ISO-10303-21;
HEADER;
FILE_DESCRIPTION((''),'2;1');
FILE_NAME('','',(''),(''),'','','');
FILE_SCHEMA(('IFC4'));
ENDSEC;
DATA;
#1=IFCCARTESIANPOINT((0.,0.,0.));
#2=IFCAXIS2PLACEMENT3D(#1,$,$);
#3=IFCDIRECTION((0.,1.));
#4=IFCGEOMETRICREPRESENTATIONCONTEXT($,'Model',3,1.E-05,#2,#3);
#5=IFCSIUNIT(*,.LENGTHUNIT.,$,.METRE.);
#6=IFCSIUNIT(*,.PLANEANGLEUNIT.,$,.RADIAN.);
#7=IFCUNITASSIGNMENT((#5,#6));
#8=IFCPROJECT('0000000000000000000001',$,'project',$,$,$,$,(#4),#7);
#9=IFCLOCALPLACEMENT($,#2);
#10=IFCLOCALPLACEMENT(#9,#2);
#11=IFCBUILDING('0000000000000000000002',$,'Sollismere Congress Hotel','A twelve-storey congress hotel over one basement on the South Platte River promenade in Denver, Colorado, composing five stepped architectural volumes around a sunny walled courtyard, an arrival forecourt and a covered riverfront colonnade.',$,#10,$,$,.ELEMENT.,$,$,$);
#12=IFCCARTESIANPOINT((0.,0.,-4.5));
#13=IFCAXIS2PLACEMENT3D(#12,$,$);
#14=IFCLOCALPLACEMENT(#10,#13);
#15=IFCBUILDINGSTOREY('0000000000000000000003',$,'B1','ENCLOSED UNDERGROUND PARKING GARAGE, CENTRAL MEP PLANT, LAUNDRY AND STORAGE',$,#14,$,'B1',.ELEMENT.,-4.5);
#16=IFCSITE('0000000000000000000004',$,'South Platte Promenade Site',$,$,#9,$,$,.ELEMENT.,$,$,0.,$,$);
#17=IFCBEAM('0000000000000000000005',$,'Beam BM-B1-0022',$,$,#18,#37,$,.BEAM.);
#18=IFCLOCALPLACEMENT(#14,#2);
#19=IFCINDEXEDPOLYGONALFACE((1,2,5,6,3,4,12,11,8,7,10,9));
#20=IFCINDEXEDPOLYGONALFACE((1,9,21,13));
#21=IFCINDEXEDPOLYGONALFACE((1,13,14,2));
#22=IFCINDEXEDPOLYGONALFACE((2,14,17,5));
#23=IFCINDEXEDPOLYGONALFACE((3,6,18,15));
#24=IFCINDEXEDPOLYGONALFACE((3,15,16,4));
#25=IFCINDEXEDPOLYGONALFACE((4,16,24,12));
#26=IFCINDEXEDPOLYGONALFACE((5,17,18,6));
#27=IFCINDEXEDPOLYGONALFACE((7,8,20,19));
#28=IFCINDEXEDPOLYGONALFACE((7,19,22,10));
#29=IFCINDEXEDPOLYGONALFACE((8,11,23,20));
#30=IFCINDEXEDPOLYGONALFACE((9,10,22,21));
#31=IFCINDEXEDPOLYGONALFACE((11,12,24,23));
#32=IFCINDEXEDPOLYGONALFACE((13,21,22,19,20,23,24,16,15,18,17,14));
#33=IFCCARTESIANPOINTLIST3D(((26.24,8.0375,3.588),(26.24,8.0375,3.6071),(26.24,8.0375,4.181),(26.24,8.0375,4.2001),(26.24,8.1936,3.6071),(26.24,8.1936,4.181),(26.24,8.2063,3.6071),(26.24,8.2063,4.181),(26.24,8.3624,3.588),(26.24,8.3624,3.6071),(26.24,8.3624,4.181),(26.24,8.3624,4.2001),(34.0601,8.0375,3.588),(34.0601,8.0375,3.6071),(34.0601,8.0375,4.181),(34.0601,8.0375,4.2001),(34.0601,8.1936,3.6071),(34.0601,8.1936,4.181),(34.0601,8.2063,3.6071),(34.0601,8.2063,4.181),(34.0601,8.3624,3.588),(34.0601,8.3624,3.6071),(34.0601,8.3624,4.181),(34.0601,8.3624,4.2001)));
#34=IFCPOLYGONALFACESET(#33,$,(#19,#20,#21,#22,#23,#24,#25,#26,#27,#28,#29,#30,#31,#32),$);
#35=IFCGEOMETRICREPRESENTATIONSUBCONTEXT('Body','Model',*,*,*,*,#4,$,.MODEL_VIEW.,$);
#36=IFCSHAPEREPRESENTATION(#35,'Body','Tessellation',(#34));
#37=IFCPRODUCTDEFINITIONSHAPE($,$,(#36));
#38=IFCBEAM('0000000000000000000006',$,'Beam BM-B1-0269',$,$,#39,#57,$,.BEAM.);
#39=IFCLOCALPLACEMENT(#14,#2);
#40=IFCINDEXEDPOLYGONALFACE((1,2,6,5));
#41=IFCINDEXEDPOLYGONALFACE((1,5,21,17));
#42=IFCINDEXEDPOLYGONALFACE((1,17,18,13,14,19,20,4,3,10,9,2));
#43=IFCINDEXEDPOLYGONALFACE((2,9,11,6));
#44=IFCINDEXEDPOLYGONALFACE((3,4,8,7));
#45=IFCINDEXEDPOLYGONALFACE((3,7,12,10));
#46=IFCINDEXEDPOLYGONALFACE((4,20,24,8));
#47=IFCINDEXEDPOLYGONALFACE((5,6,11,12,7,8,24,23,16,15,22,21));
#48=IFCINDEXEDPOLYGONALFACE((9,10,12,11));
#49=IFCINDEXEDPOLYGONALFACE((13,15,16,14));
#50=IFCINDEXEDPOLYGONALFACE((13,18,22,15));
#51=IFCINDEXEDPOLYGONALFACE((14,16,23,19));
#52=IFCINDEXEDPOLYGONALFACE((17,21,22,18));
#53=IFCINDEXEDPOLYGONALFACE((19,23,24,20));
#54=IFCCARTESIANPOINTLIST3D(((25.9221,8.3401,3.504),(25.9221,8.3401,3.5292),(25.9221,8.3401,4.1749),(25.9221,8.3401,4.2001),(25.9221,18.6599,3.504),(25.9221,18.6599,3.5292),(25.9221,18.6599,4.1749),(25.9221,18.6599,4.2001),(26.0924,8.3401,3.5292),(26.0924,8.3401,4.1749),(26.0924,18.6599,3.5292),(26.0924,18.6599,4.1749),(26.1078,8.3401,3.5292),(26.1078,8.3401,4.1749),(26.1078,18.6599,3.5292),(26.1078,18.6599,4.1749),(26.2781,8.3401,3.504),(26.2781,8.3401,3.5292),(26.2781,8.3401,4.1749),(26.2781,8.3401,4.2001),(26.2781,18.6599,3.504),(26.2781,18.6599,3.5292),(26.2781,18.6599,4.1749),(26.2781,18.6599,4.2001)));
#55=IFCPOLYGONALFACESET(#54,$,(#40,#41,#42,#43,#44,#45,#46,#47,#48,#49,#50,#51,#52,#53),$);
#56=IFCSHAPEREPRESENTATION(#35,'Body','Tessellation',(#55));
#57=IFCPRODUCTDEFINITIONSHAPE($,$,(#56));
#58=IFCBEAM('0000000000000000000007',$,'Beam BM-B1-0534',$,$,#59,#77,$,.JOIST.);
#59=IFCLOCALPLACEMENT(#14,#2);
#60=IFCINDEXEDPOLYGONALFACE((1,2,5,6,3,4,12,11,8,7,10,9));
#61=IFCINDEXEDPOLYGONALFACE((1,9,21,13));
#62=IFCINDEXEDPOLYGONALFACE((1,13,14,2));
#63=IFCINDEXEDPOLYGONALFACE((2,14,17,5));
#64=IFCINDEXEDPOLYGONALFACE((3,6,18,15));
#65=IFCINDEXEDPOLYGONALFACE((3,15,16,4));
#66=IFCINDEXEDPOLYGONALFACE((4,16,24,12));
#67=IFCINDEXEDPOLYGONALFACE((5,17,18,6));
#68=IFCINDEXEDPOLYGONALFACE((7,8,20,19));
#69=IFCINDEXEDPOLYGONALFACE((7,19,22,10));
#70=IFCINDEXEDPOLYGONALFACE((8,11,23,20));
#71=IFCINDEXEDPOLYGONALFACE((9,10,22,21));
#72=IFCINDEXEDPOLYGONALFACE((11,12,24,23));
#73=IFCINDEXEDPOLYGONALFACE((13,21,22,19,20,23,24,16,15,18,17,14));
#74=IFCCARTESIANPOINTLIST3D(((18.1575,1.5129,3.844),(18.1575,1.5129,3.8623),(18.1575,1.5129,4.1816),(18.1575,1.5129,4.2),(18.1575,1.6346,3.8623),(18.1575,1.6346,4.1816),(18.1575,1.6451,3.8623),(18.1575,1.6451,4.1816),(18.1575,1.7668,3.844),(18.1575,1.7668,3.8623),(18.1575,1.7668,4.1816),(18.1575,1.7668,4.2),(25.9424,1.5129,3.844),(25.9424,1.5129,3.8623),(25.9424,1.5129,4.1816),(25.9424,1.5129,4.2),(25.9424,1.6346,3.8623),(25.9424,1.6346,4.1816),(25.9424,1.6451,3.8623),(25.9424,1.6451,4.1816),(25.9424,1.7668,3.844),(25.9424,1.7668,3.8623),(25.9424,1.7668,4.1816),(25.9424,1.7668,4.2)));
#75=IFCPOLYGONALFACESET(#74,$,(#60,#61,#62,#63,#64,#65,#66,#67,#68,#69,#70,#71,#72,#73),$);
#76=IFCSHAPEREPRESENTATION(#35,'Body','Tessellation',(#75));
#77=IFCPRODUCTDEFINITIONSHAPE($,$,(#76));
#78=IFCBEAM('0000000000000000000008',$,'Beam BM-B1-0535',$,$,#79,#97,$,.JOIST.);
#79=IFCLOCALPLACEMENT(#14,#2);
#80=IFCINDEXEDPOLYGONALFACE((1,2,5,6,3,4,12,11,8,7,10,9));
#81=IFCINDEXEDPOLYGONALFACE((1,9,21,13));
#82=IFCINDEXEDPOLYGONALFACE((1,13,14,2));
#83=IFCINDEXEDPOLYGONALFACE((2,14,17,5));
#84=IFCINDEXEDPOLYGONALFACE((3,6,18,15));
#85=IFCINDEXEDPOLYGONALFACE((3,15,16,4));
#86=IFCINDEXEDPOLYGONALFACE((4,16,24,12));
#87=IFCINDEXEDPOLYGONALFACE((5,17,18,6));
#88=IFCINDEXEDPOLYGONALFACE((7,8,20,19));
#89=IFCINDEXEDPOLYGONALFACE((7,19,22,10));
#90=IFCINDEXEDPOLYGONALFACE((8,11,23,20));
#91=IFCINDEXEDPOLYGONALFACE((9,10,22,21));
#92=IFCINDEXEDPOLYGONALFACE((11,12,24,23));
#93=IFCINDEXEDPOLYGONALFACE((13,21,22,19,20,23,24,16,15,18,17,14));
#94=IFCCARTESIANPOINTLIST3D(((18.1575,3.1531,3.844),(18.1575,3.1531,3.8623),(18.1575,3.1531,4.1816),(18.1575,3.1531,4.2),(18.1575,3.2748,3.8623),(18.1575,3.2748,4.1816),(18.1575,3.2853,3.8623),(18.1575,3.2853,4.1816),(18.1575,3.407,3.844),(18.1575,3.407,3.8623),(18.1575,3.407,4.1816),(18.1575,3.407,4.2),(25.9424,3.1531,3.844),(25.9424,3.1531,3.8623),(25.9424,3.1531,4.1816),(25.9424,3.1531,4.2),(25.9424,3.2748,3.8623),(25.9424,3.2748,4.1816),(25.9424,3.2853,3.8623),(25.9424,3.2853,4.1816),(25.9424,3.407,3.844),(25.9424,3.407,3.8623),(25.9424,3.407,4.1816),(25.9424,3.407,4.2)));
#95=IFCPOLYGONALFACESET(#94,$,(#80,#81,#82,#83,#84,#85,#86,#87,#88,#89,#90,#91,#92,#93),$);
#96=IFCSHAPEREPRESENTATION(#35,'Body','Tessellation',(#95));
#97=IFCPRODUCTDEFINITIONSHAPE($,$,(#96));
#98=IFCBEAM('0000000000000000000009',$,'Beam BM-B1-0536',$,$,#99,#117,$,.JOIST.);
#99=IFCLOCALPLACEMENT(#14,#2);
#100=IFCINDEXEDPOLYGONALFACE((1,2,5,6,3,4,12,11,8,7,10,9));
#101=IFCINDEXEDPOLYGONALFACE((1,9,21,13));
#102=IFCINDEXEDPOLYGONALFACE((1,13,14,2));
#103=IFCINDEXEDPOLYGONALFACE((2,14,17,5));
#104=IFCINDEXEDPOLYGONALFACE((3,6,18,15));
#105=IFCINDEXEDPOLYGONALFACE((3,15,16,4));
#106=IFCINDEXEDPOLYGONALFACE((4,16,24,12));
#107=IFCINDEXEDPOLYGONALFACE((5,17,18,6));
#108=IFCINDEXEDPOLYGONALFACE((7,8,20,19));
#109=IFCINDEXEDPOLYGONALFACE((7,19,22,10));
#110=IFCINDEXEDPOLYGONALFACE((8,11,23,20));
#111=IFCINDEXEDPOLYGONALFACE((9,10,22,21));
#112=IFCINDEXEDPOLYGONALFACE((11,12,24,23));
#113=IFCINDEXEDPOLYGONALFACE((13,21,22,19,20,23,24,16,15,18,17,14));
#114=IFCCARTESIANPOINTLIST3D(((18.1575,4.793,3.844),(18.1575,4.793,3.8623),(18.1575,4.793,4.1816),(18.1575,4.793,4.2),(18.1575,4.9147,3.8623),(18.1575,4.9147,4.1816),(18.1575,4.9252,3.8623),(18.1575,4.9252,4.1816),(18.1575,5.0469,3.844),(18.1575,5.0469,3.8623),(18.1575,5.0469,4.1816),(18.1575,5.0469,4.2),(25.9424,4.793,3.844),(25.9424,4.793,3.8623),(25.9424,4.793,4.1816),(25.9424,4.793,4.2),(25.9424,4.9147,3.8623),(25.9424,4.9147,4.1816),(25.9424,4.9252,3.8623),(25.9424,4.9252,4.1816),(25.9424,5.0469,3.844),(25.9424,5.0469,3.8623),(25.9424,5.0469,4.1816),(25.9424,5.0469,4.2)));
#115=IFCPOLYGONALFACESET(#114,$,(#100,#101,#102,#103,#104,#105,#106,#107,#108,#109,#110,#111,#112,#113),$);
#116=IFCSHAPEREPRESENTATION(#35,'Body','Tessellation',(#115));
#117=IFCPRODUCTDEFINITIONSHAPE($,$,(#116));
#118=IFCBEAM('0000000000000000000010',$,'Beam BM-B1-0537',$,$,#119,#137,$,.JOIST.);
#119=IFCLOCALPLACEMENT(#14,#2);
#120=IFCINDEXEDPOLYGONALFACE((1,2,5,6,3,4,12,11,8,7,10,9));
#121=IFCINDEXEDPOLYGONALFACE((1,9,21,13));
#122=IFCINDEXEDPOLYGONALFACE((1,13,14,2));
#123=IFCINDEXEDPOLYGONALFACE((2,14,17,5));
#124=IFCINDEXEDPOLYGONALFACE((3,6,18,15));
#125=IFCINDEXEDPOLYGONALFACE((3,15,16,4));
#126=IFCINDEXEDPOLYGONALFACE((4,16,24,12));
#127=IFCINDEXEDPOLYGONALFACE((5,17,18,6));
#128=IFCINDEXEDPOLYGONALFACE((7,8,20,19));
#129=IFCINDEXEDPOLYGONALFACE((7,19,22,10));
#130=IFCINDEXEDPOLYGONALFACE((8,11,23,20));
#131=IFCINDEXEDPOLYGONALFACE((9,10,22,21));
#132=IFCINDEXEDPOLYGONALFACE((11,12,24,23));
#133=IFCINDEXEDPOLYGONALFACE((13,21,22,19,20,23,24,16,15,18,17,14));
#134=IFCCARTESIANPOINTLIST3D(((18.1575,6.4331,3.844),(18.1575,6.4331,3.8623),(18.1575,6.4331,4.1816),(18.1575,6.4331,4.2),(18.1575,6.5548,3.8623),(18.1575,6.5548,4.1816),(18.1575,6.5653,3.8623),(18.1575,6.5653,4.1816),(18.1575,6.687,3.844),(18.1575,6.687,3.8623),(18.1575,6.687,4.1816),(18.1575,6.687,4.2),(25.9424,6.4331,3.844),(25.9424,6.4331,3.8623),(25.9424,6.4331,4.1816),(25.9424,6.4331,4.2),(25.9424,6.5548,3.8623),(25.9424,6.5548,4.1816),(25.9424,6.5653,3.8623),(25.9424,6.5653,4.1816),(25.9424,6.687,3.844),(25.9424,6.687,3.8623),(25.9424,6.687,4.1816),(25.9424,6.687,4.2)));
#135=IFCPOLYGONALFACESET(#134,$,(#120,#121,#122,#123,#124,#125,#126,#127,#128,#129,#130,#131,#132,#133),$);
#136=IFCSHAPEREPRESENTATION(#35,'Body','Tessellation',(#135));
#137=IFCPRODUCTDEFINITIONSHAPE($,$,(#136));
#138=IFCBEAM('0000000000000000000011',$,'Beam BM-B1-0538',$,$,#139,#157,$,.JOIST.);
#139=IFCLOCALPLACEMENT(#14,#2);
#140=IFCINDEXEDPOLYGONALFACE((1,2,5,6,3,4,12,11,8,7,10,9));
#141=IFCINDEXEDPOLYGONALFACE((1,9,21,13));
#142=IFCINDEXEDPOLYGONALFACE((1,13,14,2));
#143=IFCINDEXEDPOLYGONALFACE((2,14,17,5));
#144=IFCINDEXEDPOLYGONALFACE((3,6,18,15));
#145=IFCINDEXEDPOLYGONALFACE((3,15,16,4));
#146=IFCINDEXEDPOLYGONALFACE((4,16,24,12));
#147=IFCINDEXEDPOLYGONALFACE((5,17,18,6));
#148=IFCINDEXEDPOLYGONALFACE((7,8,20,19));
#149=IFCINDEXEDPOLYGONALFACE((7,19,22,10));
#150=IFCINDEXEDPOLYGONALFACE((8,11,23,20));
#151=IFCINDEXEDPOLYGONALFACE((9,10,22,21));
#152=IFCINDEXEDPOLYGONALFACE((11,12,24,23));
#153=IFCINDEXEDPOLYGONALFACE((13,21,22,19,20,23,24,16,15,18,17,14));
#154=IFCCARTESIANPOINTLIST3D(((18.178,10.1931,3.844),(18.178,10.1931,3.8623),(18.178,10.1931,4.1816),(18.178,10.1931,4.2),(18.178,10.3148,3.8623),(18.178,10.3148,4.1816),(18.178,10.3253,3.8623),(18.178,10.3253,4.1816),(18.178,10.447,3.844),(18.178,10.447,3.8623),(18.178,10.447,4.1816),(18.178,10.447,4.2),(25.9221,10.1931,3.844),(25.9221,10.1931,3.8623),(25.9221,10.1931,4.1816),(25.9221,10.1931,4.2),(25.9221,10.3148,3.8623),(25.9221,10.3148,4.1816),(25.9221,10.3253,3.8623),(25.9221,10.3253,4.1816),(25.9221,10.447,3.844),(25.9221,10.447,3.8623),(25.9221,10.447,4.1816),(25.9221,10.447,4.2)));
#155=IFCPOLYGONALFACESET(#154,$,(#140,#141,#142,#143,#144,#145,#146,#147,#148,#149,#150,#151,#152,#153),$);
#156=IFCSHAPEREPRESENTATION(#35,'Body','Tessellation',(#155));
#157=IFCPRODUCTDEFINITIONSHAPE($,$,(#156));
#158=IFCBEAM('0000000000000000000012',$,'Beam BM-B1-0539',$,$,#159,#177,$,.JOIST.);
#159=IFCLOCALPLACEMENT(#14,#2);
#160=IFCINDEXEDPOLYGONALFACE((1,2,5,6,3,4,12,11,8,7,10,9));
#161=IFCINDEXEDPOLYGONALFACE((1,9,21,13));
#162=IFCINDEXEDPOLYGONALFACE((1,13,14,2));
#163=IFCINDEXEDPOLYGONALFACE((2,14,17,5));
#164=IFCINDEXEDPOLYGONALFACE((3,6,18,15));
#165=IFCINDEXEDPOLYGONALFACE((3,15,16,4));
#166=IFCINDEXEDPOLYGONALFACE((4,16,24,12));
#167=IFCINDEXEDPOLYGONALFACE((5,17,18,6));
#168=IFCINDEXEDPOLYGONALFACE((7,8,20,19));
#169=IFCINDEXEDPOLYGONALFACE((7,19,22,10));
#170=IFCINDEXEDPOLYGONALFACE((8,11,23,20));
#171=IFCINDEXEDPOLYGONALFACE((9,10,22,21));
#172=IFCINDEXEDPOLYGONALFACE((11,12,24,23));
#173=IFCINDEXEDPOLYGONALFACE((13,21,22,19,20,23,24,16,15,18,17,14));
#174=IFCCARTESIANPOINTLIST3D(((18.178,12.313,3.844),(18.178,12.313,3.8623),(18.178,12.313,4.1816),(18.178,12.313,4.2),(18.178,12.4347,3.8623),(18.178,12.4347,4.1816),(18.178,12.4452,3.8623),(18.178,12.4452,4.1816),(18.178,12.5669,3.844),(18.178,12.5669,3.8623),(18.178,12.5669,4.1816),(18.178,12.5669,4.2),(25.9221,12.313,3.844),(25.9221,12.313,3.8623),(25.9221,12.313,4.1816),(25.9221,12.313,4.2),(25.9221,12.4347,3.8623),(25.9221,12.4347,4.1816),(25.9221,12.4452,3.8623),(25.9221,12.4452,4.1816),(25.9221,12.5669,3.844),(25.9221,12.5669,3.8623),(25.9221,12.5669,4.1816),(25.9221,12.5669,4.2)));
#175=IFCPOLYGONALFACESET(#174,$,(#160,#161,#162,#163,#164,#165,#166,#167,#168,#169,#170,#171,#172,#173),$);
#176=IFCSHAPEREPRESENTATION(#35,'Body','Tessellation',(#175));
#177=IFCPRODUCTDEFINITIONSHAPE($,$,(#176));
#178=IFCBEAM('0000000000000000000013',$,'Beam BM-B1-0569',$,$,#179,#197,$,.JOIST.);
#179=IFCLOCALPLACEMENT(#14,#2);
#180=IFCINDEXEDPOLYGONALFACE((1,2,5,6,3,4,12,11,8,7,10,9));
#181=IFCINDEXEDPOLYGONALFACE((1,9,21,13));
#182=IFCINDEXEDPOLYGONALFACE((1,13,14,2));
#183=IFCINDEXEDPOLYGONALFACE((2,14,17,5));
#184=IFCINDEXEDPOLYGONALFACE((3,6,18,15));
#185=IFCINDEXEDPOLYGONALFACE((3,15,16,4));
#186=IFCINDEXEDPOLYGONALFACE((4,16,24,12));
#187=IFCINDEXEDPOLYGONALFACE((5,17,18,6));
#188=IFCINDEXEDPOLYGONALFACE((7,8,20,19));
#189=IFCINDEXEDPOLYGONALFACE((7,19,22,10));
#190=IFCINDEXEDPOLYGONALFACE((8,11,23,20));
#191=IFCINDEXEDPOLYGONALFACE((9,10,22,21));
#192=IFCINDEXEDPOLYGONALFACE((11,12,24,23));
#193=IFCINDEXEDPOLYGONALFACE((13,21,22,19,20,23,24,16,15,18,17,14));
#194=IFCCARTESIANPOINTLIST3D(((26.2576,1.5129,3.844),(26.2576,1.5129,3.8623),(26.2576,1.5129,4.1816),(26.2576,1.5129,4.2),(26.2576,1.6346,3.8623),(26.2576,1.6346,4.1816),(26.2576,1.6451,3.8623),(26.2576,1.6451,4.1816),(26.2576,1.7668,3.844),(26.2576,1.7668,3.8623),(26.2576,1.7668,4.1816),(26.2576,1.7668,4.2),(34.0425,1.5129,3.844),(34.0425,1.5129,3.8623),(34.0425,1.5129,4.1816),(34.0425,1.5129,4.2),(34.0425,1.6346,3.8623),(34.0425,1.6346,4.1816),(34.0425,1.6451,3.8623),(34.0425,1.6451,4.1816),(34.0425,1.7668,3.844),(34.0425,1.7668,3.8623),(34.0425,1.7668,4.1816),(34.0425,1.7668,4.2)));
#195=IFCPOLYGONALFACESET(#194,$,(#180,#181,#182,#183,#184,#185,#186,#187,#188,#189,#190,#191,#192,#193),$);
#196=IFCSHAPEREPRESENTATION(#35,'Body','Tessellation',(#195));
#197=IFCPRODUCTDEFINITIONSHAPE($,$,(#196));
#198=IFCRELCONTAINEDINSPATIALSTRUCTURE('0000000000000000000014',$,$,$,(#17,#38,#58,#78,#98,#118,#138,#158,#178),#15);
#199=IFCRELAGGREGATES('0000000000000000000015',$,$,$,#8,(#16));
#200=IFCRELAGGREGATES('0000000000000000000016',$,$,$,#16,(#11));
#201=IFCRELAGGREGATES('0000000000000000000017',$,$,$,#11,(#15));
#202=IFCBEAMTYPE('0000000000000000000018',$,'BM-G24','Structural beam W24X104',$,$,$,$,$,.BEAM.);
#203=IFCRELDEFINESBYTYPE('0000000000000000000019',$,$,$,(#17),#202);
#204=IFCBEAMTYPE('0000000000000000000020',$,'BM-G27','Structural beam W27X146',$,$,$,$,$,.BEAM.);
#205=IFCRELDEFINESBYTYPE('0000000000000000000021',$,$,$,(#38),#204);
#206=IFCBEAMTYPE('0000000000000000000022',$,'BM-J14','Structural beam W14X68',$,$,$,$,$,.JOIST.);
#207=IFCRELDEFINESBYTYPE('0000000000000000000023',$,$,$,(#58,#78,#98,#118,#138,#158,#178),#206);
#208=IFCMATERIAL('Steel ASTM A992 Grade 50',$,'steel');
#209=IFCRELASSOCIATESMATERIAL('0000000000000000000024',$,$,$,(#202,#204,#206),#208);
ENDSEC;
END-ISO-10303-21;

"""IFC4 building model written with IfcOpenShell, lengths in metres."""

from ifc_helpers import new_model, si_unit, direction, frame, origin, origin_2d, place, context, subcontext, project, spatial, i_section, extrude, material, material_profile, profile_set, type_object, element, save


model = new_model("IFC4")

# Units and contexts
model_context = context("Model", 3, precision=1e-05, world=origin(), true_north=direction((0.0, 1.0)))
body_context = subcontext(model_context, "Body", "Model", "MODEL_VIEW")
ifc_project = project(units=[si_unit("LENGTHUNIT", "METRE"), si_unit("PLANEANGLEUNIT", "RADIAN")], contexts=[model_context])

# Site, building, storey
site_placement = place(None, origin())
site = spatial("IfcSite", under=ifc_project, at=site_placement, Name="South Platte Promenade Site", CompositionType="ELEMENT", RefElevation=0.0)
building_placement = place(site_placement, origin())
building = spatial("IfcBuilding", under=site, at=building_placement, Name="Sollismere Congress Hotel", Description="A twelve-storey congress hotel over one basement on the South Platte River promenade in Denver, Colorado, composing five stepped architectural volumes around a sunny walled courtyard, an arrival forecourt and a covered riverfront colonnade.", CompositionType="ELEMENT")
storey_placement = place(building_placement, frame((0.0, 0.0, -4.5)))
storey = spatial("IfcBuildingStorey", under=building, at=storey_placement, Name="B1", Description="ENCLOSED UNDERGROUND PARKING GARAGE, CENTRAL MEP PLANT, LAUNDRY AND STORAGE", LongName="B1", CompositionType="ELEMENT", Elevation=-4.5)

# Beams
ifc_material_1 = material(Name="Steel ASTM A992 Grade 50", Category="steel")
ifc_material_profile_1 = material_profile(ifc_material_1, i_section(OverallWidth=0.325, OverallDepth=0.6121, WebThickness=0.0127, FlangeThickness=0.019, at=origin_2d()), Name="W24X104")
ifc_profile_set_1 = profile_set([ifc_material_profile_1], Name="Steel ASTM A992 Grade 50")
beam_type_1 = type_object("IfcBeamType", Name="BM-G24", Description="Structural beam W24X104", PredefinedType="BEAM", material=ifc_profile_set_1)
for number, where, z_axis, x_axis, name in (
    (1, (26.24, 8.2, 3.894), (1.0, 0.0, 0.0), (0.0, 1.0, 0.0), "Beam BM-B1-0022"),
):
    element("IfcBeam", number, at=place(storey_placement, frame(where, z_axis=z_axis, x_axis=x_axis)), inside=storey, type_object=beam_type_1, Name=name, PredefinedType="BEAM", context=body_context, shape_type="SweptSolid", body=[
        extrude(i_section(OverallWidth=0.325, OverallDepth=0.6121, WebThickness=0.0127, FlangeThickness=0.019, at=origin_2d()), origin(), (0.0, 0.0, 1.0), 7.8201),
    ])
ifc_material_profile_2 = material_profile(ifc_material_1, i_section(OverallWidth=0.356, OverallDepth=0.696, WebThickness=0.0154, FlangeThickness=0.0251, at=origin_2d()), Name="W27X146")
ifc_profile_set_2 = profile_set([ifc_material_profile_2], Name="Steel ASTM A992 Grade 50")
beam_type_2 = type_object("IfcBeamType", Name="BM-G27", Description="Structural beam W27X146", PredefinedType="BEAM", material=ifc_profile_set_2)
beam_1_placement = place(storey_placement, frame((26.1001, 8.3401, 3.8521), z_axis=(0.0, 1.0, 0.0), x_axis=(-1.0, 0.0, 0.0)))
element("IfcBeam", 2, at=beam_1_placement, inside=storey, type_object=beam_type_2, Name="Beam BM-B1-0269", PredefinedType="BEAM", context=body_context, shape_type="SweptSolid", body=[
    extrude(i_section(OverallWidth=0.356, OverallDepth=0.696, WebThickness=0.0154, FlangeThickness=0.0251, at=origin_2d()), origin(), (0.0, 0.0, 1.0), 10.3198),
])
ifc_material_profile_3 = material_profile(ifc_material_1, i_section(OverallWidth=0.2539, OverallDepth=0.356, WebThickness=0.0105, FlangeThickness=0.0183, at=origin_2d()), Name="W14X68")
ifc_profile_set_3 = profile_set([ifc_material_profile_3], Name="Steel ASTM A992 Grade 50")
beam_type_3 = type_object("IfcBeamType", Name="BM-J14", Description="Structural beam W14X68", PredefinedType="JOIST", material=ifc_profile_set_3)
for number, where, z_axis, x_axis, name in (
    (3, (18.1575, 1.6399, 4.022), (1.0, 0.0, 0.0), (0.0, 1.0, 0.0), "Beam BM-B1-0534"),
    (4, (18.1575, 3.28, 4.022), (1.0, 0.0, 0.0), (0.0, 1.0, 0.0), "Beam BM-B1-0535"),
    (5, (18.1575, 4.9199, 4.022), (1.0, 0.0, 0.0), (0.0, 1.0, 0.0), "Beam BM-B1-0536"),
    (6, (18.1575, 6.5601, 4.022), (1.0, 0.0, 0.0), (0.0, 1.0, 0.0), "Beam BM-B1-0537"),
):
    element("IfcBeam", number, at=place(storey_placement, frame(where, z_axis=z_axis, x_axis=x_axis)), inside=storey, type_object=beam_type_3, Name=name, PredefinedType="JOIST", context=body_context, shape_type="SweptSolid", body=[
        extrude(i_section(OverallWidth=0.2539, OverallDepth=0.356, WebThickness=0.0105, FlangeThickness=0.0183, at=origin_2d()), origin(), (0.0, 0.0, 1.0), 7.7849),
    ])
for number, where, z_axis, x_axis, name in (
    (7, (18.178, 10.3201, 4.022), (1.0, 0.0, 0.0), (0.0, 1.0, 0.0), "Beam BM-B1-0538"),
    (8, (18.178, 12.4399, 4.022), (1.0, 0.0, 0.0), (0.0, 1.0, 0.0), "Beam BM-B1-0539"),
):
    element("IfcBeam", number, at=place(storey_placement, frame(where, z_axis=z_axis, x_axis=x_axis)), inside=storey, type_object=beam_type_3, Name=name, PredefinedType="JOIST", context=body_context, shape_type="SweptSolid", body=[
        extrude(i_section(OverallWidth=0.2539, OverallDepth=0.356, WebThickness=0.0105, FlangeThickness=0.0183, at=origin_2d()), origin(), (0.0, 0.0, 1.0), 7.7441),
    ])
for number, where, z_axis, x_axis, name in (
    (9, (26.2576, 1.6399, 4.022), (1.0, 0.0, 0.0), (0.0, 1.0, 0.0), "Beam BM-B1-0569"),
):
    element("IfcBeam", number, at=place(storey_placement, frame(where, z_axis=z_axis, x_axis=x_axis)), inside=storey, type_object=beam_type_3, Name=name, PredefinedType="JOIST", context=body_context, shape_type="SweptSolid", body=[
        extrude(i_section(OverallWidth=0.2539, OverallDepth=0.356, WebThickness=0.0105, FlangeThickness=0.0183, at=origin_2d()), origin(), (0.0, 0.0, 1.0), 7.7849),
    ])

save(model, "model.ifc")
